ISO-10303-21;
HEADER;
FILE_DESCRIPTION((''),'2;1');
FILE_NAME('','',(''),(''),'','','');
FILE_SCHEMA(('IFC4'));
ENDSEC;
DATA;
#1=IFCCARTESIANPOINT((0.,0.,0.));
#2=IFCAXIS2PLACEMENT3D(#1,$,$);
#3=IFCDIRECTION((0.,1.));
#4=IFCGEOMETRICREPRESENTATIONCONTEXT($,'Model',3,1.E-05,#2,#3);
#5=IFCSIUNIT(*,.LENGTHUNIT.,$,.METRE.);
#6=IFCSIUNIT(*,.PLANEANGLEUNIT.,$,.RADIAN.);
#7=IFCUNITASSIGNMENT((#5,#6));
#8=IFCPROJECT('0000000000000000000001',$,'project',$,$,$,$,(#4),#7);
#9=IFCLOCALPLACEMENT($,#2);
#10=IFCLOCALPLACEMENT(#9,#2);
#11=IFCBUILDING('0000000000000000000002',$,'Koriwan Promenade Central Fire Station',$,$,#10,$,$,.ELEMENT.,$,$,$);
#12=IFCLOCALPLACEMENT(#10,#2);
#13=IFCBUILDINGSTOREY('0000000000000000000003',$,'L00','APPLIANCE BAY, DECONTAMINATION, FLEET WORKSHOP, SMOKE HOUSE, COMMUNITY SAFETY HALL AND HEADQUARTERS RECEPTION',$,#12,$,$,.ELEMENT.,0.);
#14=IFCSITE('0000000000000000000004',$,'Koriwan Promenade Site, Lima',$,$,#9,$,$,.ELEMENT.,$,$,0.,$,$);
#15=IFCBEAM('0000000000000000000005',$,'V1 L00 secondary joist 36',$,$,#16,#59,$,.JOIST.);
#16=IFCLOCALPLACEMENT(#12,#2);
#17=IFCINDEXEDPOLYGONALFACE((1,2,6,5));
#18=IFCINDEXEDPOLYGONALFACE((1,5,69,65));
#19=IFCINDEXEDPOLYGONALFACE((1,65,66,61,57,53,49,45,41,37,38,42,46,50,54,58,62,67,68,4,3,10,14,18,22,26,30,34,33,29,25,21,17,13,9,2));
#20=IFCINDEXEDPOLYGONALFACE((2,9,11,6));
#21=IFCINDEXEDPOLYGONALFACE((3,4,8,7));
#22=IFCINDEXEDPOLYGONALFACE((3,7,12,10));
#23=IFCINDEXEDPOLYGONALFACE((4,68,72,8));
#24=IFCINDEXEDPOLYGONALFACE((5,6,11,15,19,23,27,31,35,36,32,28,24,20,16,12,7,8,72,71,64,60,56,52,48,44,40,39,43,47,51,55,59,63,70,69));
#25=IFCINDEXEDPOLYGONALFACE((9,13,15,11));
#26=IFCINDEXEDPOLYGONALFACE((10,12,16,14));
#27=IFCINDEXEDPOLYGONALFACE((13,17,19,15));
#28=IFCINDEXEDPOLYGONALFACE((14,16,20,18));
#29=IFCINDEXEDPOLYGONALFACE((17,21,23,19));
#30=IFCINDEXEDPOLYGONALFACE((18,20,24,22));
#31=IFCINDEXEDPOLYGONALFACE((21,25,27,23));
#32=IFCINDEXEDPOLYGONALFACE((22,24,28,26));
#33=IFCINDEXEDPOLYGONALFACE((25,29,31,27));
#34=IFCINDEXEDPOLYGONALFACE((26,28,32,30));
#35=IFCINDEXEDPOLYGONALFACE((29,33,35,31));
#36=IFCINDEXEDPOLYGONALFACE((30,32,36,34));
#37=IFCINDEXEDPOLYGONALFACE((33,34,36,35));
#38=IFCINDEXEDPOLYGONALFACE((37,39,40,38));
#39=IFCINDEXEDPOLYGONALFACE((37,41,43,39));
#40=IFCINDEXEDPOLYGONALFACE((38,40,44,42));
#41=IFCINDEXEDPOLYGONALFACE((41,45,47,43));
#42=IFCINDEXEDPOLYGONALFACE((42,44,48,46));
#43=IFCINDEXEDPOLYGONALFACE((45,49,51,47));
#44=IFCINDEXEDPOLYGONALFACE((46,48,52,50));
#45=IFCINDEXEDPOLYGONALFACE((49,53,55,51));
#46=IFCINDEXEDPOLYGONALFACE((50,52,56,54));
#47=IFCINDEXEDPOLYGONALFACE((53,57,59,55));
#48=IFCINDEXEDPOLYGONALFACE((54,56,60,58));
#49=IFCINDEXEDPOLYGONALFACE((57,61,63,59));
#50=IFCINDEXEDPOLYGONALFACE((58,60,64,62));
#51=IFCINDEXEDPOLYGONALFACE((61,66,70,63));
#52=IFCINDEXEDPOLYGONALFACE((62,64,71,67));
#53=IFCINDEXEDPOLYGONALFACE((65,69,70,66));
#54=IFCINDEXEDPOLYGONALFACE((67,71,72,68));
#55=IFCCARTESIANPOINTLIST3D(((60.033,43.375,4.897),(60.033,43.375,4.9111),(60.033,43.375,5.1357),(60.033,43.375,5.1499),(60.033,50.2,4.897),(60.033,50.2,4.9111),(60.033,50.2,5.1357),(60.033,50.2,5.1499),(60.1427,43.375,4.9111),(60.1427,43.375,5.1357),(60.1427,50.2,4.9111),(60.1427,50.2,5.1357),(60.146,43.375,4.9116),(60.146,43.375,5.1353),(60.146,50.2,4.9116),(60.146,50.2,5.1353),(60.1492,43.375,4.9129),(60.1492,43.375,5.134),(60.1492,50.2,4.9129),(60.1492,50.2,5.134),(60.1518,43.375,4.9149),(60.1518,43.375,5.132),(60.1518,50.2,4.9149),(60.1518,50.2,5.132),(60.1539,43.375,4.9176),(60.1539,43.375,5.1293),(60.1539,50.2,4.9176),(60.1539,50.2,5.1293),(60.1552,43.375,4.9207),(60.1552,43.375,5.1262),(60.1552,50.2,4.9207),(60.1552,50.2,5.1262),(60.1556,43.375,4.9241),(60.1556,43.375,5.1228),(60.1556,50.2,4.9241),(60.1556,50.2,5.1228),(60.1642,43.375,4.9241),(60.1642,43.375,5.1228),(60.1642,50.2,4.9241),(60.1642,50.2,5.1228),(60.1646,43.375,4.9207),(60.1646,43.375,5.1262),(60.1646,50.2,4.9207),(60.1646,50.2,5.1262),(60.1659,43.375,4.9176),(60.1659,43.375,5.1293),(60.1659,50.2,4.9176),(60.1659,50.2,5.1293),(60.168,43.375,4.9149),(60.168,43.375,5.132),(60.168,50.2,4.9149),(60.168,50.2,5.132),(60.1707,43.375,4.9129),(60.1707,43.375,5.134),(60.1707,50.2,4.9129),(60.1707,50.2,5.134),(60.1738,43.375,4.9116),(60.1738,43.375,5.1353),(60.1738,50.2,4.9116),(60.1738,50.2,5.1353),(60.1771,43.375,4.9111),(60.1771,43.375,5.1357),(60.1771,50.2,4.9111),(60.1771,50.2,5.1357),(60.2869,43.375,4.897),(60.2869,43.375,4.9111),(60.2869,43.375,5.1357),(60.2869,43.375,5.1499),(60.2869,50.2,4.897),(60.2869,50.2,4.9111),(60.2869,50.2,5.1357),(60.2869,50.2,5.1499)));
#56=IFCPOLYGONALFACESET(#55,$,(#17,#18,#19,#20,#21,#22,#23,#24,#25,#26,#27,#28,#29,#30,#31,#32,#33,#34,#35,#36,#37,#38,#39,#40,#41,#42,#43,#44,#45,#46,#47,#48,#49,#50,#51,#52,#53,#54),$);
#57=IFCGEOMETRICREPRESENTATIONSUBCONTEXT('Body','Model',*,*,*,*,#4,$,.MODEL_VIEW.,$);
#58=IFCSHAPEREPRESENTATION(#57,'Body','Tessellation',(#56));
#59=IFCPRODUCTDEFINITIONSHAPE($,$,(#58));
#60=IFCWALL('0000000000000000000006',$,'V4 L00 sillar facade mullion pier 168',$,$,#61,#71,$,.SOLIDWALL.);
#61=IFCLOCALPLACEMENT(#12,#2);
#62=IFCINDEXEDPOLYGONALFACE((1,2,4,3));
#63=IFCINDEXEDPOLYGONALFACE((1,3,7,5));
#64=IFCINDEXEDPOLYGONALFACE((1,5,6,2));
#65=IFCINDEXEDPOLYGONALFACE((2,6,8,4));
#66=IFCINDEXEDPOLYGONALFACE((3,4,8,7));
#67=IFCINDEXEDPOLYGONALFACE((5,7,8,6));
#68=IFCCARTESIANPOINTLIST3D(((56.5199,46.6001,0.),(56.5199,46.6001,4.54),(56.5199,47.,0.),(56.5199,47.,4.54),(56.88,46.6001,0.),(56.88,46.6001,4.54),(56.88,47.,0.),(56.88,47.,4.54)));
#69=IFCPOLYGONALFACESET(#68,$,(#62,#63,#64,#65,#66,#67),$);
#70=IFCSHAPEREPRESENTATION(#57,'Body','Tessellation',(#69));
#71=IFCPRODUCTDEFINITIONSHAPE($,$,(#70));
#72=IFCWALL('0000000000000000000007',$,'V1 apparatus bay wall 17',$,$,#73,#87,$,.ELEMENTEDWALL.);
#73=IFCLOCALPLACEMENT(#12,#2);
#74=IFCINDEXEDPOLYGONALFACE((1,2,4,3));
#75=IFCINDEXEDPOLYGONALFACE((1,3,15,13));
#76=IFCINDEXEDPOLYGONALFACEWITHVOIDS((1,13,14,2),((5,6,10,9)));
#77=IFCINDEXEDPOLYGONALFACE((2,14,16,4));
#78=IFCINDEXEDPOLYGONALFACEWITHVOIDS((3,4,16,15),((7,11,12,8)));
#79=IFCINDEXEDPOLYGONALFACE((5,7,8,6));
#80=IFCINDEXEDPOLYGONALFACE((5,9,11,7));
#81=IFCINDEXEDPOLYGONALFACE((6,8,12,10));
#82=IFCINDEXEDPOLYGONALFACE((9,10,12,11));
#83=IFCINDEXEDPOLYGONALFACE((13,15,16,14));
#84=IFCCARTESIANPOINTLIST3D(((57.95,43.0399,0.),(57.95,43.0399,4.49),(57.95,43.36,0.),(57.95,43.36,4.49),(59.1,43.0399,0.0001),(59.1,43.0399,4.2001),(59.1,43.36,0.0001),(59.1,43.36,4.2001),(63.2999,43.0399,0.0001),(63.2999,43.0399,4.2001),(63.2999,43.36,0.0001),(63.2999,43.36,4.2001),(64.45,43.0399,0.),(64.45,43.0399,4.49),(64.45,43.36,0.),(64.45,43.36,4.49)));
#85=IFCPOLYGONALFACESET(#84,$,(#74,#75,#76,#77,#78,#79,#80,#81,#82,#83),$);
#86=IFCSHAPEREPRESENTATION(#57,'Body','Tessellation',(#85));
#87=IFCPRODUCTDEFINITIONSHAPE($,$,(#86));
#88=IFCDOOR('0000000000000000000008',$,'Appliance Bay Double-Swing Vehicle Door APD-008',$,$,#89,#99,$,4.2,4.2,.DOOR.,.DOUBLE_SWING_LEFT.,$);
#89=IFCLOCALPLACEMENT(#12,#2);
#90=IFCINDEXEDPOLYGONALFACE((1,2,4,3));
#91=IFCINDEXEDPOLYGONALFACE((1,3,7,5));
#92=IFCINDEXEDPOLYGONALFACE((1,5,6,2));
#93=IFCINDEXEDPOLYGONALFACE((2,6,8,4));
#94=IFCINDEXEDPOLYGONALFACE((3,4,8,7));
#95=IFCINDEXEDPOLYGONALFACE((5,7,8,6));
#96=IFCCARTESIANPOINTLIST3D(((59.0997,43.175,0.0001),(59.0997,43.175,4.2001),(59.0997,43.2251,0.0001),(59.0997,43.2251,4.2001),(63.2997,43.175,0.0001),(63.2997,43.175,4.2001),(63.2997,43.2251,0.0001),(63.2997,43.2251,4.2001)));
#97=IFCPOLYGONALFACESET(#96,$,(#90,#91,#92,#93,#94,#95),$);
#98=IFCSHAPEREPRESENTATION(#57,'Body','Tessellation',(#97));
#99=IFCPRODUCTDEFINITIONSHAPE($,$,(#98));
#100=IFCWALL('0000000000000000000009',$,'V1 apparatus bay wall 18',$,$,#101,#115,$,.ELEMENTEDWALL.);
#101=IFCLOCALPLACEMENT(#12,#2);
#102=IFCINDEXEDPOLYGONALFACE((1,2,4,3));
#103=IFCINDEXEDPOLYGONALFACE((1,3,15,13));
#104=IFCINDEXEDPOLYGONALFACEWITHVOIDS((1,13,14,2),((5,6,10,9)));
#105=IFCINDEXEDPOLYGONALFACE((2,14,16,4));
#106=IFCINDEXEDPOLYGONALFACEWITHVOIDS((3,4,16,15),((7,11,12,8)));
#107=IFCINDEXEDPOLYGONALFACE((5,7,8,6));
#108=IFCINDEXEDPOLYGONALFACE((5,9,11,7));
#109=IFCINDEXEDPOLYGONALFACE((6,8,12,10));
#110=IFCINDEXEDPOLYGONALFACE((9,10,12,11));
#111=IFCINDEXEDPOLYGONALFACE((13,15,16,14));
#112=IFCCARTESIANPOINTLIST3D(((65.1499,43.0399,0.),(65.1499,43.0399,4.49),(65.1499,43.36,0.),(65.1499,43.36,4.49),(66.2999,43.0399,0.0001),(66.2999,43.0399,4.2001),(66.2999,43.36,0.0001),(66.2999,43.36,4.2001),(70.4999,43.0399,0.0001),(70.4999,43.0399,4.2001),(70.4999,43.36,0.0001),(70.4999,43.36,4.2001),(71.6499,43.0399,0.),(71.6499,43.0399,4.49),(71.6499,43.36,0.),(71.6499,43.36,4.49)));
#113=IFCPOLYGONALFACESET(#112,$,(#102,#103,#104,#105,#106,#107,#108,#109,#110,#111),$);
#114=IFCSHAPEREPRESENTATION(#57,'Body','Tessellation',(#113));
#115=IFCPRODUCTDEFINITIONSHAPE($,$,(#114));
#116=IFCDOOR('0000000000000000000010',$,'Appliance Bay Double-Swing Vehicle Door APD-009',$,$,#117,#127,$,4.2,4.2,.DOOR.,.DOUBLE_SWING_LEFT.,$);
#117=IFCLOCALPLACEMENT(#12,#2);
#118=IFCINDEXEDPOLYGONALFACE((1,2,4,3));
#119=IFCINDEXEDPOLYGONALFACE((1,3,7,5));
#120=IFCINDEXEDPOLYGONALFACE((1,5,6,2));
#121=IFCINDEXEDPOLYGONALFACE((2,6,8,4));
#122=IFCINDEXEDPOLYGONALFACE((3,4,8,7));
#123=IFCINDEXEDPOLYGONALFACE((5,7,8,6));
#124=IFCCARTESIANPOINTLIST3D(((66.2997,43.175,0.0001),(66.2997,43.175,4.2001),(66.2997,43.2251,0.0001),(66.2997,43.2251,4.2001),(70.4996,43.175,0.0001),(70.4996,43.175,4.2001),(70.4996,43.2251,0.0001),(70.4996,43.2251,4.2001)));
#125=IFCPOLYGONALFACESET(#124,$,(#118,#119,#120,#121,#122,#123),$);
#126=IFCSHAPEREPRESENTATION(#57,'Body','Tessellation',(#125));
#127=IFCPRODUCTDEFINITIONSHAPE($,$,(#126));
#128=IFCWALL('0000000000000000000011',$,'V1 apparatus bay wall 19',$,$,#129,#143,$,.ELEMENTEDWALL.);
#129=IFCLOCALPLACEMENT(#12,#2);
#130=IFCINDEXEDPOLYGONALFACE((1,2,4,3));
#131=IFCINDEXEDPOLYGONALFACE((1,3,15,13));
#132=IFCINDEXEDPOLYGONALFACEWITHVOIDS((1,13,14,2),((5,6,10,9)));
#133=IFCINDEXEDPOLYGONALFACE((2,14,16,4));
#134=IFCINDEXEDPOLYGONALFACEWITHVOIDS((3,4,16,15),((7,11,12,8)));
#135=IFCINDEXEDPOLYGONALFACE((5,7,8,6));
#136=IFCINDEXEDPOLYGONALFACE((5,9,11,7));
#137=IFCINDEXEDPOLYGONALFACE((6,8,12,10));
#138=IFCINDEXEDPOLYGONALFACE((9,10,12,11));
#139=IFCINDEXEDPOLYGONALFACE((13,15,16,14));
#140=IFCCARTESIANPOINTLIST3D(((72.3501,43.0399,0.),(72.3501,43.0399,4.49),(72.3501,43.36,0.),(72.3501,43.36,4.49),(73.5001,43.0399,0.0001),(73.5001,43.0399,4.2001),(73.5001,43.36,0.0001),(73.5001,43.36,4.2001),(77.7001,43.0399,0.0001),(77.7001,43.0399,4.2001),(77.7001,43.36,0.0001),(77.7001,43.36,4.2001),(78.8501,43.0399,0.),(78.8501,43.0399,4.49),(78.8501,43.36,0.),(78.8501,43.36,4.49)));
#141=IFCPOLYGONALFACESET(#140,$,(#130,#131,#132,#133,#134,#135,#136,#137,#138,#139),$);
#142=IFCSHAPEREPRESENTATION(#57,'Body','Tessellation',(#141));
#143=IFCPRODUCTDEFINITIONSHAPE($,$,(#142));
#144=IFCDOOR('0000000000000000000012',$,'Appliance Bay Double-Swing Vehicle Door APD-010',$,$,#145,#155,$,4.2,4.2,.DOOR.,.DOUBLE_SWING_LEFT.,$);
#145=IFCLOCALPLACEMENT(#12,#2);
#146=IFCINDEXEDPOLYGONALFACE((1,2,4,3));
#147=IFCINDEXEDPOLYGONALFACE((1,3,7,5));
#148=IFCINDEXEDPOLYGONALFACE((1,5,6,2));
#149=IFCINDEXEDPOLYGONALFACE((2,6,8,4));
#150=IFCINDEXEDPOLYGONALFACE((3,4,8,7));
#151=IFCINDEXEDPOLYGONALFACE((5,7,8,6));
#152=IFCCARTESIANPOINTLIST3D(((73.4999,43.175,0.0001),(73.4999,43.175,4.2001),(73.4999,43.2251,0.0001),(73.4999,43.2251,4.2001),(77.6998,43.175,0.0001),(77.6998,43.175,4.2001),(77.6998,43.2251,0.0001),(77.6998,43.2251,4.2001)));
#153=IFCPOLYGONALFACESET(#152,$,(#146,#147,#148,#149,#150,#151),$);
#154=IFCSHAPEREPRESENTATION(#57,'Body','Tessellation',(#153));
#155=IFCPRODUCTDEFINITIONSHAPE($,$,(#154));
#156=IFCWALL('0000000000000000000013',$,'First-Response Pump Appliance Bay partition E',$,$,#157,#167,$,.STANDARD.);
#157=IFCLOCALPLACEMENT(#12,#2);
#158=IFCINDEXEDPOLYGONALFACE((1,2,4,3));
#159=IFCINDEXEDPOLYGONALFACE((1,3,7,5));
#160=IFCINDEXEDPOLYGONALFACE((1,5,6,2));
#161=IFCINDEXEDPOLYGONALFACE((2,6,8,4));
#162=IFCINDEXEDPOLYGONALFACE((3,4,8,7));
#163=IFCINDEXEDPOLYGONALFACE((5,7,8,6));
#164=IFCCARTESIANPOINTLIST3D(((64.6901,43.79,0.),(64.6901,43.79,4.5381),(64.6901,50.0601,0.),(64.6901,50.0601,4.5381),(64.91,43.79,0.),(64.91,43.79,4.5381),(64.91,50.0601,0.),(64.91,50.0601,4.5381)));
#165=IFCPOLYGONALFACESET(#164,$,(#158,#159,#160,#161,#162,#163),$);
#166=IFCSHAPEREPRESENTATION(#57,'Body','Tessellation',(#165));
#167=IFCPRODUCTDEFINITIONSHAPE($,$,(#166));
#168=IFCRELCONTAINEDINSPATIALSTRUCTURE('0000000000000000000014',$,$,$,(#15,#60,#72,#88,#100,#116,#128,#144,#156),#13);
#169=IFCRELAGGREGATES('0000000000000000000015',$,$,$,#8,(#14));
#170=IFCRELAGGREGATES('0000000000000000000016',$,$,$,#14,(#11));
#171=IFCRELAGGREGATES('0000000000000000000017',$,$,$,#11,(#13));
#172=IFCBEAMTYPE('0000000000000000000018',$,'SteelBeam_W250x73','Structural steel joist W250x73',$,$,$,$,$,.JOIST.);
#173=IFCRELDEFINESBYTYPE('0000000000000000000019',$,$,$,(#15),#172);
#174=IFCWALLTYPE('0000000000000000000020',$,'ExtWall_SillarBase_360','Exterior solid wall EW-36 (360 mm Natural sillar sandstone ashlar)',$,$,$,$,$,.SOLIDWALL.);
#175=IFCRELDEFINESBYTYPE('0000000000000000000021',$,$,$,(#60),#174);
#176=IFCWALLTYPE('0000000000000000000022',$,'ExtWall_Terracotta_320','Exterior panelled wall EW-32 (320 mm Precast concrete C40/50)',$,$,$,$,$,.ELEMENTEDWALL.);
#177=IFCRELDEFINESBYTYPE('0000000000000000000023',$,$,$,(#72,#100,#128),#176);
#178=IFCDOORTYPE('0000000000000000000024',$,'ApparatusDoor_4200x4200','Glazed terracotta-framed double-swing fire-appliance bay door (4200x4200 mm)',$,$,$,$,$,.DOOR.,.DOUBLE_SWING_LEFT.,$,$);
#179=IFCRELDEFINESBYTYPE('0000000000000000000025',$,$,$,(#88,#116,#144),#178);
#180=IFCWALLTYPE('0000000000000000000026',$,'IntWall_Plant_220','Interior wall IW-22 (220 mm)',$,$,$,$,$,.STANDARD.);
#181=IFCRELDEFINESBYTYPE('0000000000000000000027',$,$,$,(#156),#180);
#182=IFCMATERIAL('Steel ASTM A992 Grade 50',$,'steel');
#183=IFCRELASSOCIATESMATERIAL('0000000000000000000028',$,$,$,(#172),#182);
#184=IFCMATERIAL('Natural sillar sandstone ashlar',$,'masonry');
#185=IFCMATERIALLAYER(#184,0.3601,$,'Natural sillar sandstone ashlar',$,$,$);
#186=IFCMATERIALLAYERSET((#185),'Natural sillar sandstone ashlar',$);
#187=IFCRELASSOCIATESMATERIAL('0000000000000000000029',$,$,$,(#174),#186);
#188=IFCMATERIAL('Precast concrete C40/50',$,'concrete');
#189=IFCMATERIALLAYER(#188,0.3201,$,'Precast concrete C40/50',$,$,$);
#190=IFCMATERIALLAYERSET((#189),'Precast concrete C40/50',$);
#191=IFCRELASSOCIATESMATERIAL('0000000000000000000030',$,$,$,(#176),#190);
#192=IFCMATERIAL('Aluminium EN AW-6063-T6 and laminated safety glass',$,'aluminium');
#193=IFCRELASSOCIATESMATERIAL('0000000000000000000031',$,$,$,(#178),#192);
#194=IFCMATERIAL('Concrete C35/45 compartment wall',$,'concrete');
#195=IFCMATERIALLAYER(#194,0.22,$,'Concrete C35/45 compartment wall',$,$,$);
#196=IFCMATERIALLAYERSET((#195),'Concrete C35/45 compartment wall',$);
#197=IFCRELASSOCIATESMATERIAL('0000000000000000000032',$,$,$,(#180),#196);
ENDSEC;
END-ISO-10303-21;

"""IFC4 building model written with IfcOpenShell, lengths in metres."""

from ifc_helpers import new_model, si_unit, direction, frame, frame_2d, origin, origin_2d, place, context, subcontext, project, spatial, rectangle, i_section, extrude, material, layer, layer_set, material_profile, profile_set, type_object, element, fill, save


model = new_model("IFC4")

# Units and contexts
model_context = context("Model", 3, precision=1e-05, world=origin(), true_north=direction((0.0, 1.0)))
body_context = subcontext(model_context, "Body", "Model", "MODEL_VIEW")
ifc_project = project(units=[si_unit("LENGTHUNIT", "METRE"), si_unit("PLANEANGLEUNIT", "RADIAN")], contexts=[model_context])

# Site, building, storey
site_placement = place(None, origin())
site = spatial("IfcSite", under=ifc_project, at=site_placement, Name="Koriwan Promenade Site, Lima", CompositionType="ELEMENT", RefElevation=0.0)
building_placement = place(site_placement, origin())
building = spatial("IfcBuilding", under=site, at=building_placement, Name="Koriwan Promenade Central Fire Station", CompositionType="ELEMENT")
storey_placement = place(building_placement, origin())
storey = spatial("IfcBuildingStorey", under=building, at=storey_placement, Name="L00", Description="APPLIANCE BAY, DECONTAMINATION, FLEET WORKSHOP, SMOKE HOUSE, COMMUNITY SAFETY HALL AND HEADQUARTERS RECEPTION", CompositionType="ELEMENT", Elevation=0.0)

# Beam
ifc_material_1 = material(Name="Steel ASTM A992 Grade 50", Category="steel")
ifc_material_profile_1 = material_profile(ifc_material_1, i_section(OverallWidth=0.2539, OverallDepth=0.2529, WebThickness=0.0085, FlangeThickness=0.0142, FilletRadius=0.0129, at=origin_2d()), Name="W250x73")
ifc_profile_set_1 = profile_set([ifc_material_profile_1], Name="Steel ASTM A992 Grade 50")
beam_type_1 = type_object("IfcBeamType", Name="SteelBeam_W250x73", Description="Structural steel joist W250x73", PredefinedType="JOIST", material=ifc_profile_set_1)
beam_1_placement = place(storey_placement, frame((60.1599, 43.375, 5.0234), z_axis=(0.0, 1.0, 0.0), x_axis=(-1.0, 0.0, 0.0)))
element("IfcBeam", 1, at=beam_1_placement, inside=storey, type_object=beam_type_1, Name="V1 L00 secondary joist 36", PredefinedType="JOIST", context=body_context, shape_type="SweptSolid", body=[
    extrude(i_section(OverallWidth=0.2539, OverallDepth=0.2529, WebThickness=0.0085, FlangeThickness=0.0142, FilletRadius=0.0129, at=origin_2d()), origin(), (0.0, 0.0, 1.0), 6.825),
])

# Wall
ifc_material_2 = material(Name="Natural sillar sandstone ashlar", Category="masonry")
ifc_layer_1 = layer(ifc_material_2, 0.3601, Name="Natural sillar sandstone ashlar")
ifc_layer_set_1 = layer_set([ifc_layer_1], Name="Natural sillar sandstone ashlar")
wall_type_1 = type_object("IfcWallType", Name="ExtWall_SillarBase_360", Description="Exterior solid wall EW-36 (360 mm Natural sillar sandstone ashlar)", PredefinedType="SOLIDWALL", material=ifc_layer_set_1)
wall_1_placement = place(storey_placement, frame((56.7, 47.0, 0.0), z_axis=(0.0, 0.0, 1.0), x_axis=(0.0, -1.0, 0.0)))
element("IfcWall", 2, at=wall_1_placement, inside=storey, type_object=wall_type_1, Name="V4 L00 sillar facade mullion pier 168", PredefinedType="SOLIDWALL", context=body_context, shape_type="SweptSolid", body=[
    extrude(rectangle(XDim=0.3999, YDim=0.3601, at=frame_2d((0.2, 0.0))), origin(), (0.0, 0.0, 1.0), 4.54),
])

# Walls, openings, doors
ifc_material_3 = material(Name="Precast concrete C40/50", Category="concrete")
ifc_layer_2 = layer(ifc_material_3, 0.3201, Name="Precast concrete C40/50")
ifc_layer_set_2 = layer_set([ifc_layer_2], Name="Precast concrete C40/50")
wall_type_2 = type_object("IfcWallType", Name="ExtWall_Terracotta_320", Description="Exterior panelled wall EW-32 (320 mm Precast concrete C40/50)", PredefinedType="ELEMENTEDWALL", material=ifc_layer_set_2)
wall_2_placement = place(storey_placement, frame((57.95, 43.2, 0.0), z_axis=(0.0, 0.0, 1.0), x_axis=(1.0, 0.0, 0.0)))
wall_2 = element("IfcWall", 3, at=wall_2_placement, inside=storey, type_object=wall_type_2, Name="V1 apparatus bay wall 17", PredefinedType="ELEMENTEDWALL", context=body_context, shape_type="SweptSolid", body=[
    extrude(rectangle(XDim=6.5, YDim=0.3201, at=frame_2d((3.25, 0.0))), origin(), (0.0, 0.0, 1.0), 4.49),
])
opening_1_placement = place(wall_2_placement, frame((1.1499, 0.0, 0.0)))
opening_1 = element("IfcOpeningElement", 4, at=opening_1_placement, cuts=wall_2, PredefinedType="OPENING", context=body_context, shape_type="SweptSolid", body=[
    extrude(rectangle(XDim=4.2, YDim=4.2, at=frame_2d((2.1001, 2.1001))), frame((0.0, 0.1719, 0.0), z_axis=(0.0, -1.0, 0.0), x_axis=(1.0, 0.0, 0.0)), (0.0, 0.0, 1.0), 0.344),
])
ifc_material_4 = material(Name="Aluminium EN AW-6063-T6 and laminated safety glass", Category="aluminium")
door_type = type_object("IfcDoorType", Name="ApparatusDoor_4200x4200", Description="Glazed terracotta-framed double-swing fire-appliance bay door (4200x4200 mm)", OperationType="DOUBLE_SWING_LEFT", PredefinedType="DOOR", material=ifc_material_4)
door_1_placement = place(opening_1_placement, frame((4.2, 0.0, 0.0), z_axis=(0.0, 0.0, 1.0), x_axis=(-1.0, 0.0, 0.0)))
door_1 = element("IfcDoor", 5, at=door_1_placement, inside=storey, type_object=door_type, Name="Appliance Bay Double-Swing Vehicle Door APD-008", OperationType="DOUBLE_SWING_LEFT", OverallHeight=4.2, OverallWidth=4.2, PredefinedType="DOOR", context=body_context, shape_type="SweptSolid", body=[
    extrude(rectangle(XDim=4.2, YDim=4.2, at=frame_2d((2.1001, 2.1001))), frame((0.0, 0.0249, 0.0), z_axis=(0.0, -1.0, 0.0), x_axis=(1.0, 0.0, 0.0)), (0.0, 0.0, 1.0), 0.05),
])
fill(opening_1, door_1)
wall_3_placement = place(storey_placement, frame((65.1499, 43.2, 0.0), z_axis=(0.0, 0.0, 1.0), x_axis=(1.0, 0.0, 0.0)))
wall_3 = element("IfcWall", 6, at=wall_3_placement, inside=storey, type_object=wall_type_2, Name="V1 apparatus bay wall 18", PredefinedType="ELEMENTEDWALL", context=body_context, shape_type="SweptSolid", body=[
    extrude(rectangle(XDim=6.5, YDim=0.3201, at=frame_2d((3.25, 0.0))), origin(), (0.0, 0.0, 1.0), 4.49),
])
opening_2_placement = place(wall_3_placement, frame((1.1499, 0.0, 0.0)))
opening_2 = element("IfcOpeningElement", 7, at=opening_2_placement, cuts=wall_3, PredefinedType="OPENING", context=body_context, shape_type="SweptSolid", body=[
    extrude(rectangle(XDim=4.2, YDim=4.2, at=frame_2d((2.1001, 2.1001))), frame((0.0, 0.1719, 0.0), z_axis=(0.0, -1.0, 0.0), x_axis=(1.0, 0.0, 0.0)), (0.0, 0.0, 1.0), 0.344),
])
door_2_placement = place(opening_2_placement, frame((4.2, 0.0, 0.0), z_axis=(0.0, 0.0, 1.0), x_axis=(-1.0, 0.0, 0.0)))
door_2 = element("IfcDoor", 8, at=door_2_placement, inside=storey, type_object=door_type, Name="Appliance Bay Double-Swing Vehicle Door APD-009", OperationType="DOUBLE_SWING_LEFT", OverallHeight=4.2, OverallWidth=4.2, PredefinedType="DOOR", context=body_context, shape_type="SweptSolid", body=[
    extrude(rectangle(XDim=4.2, YDim=4.2, at=frame_2d((2.1001, 2.1001))), frame((0.0, 0.0249, 0.0), z_axis=(0.0, -1.0, 0.0), x_axis=(1.0, 0.0, 0.0)), (0.0, 0.0, 1.0), 0.05),
])
fill(opening_2, door_2)
wall_4_placement = place(storey_placement, frame((72.3501, 43.2, 0.0), z_axis=(0.0, 0.0, 1.0), x_axis=(1.0, 0.0, 0.0)))
wall_4 = element("IfcWall", 9, at=wall_4_placement, inside=storey, type_object=wall_type_2, Name="V1 apparatus bay wall 19", PredefinedType="ELEMENTEDWALL", context=body_context, shape_type="SweptSolid", body=[
    extrude(rectangle(XDim=6.5, YDim=0.3201, at=frame_2d((3.25, 0.0))), origin(), (0.0, 0.0, 1.0), 4.49),
])
opening_3_placement = place(wall_4_placement, frame((1.1499, 0.0, 0.0)))
opening_3 = element("IfcOpeningElement", 10, at=opening_3_placement, cuts=wall_4, PredefinedType="OPENING", context=body_context, shape_type="SweptSolid", body=[
    extrude(rectangle(XDim=4.2, YDim=4.2, at=frame_2d((2.1001, 2.1001))), frame((0.0, 0.1719, 0.0), z_axis=(0.0, -1.0, 0.0), x_axis=(1.0, 0.0, 0.0)), (0.0, 0.0, 1.0), 0.344),
])
door_3_placement = place(opening_3_placement, frame((4.2, 0.0, 0.0), z_axis=(0.0, 0.0, 1.0), x_axis=(-1.0, 0.0, 0.0)))
door_3 = element("IfcDoor", 11, at=door_3_placement, inside=storey, type_object=door_type, Name="Appliance Bay Double-Swing Vehicle Door APD-010", OperationType="DOUBLE_SWING_LEFT", OverallHeight=4.2, OverallWidth=4.2, PredefinedType="DOOR", context=body_context, shape_type="SweptSolid", body=[
    extrude(rectangle(XDim=4.2, YDim=4.2, at=frame_2d((2.1001, 2.1001))), frame((0.0, 0.0249, 0.0), z_axis=(0.0, -1.0, 0.0), x_axis=(1.0, 0.0, 0.0)), (0.0, 0.0, 1.0), 0.05),
])
fill(opening_3, door_3)

# Wall
ifc_material_5 = material(Name="Concrete C35/45 compartment wall", Category="concrete")
ifc_layer_3 = layer(ifc_material_5, 0.22, Name="Concrete C35/45 compartment wall")
ifc_layer_set_3 = layer_set([ifc_layer_3], Name="Concrete C35/45 compartment wall")
wall_type_3 = type_object("IfcWallType", Name="IntWall_Plant_220", Description="Interior wall IW-22 (220 mm)", PredefinedType="STANDARD", material=ifc_layer_set_3)
wall_5_placement = place(storey_placement, frame((64.8, 43.79, 0.0), z_axis=(0.0, 0.0, 1.0), x_axis=(0.0, 1.0, 0.0)))
element("IfcWall", 12, at=wall_5_placement, inside=storey, type_object=wall_type_3, Name="First-Response Pump Appliance Bay partition E", PredefinedType="STANDARD", context=body_context, shape_type="SweptSolid", body=[
    extrude(rectangle(XDim=6.27, YDim=0.22, at=frame_2d((3.135, 0.0))), origin(), (0.0, 0.0, 1.0), 4.5381),
])

save(model, "model.ifc")
